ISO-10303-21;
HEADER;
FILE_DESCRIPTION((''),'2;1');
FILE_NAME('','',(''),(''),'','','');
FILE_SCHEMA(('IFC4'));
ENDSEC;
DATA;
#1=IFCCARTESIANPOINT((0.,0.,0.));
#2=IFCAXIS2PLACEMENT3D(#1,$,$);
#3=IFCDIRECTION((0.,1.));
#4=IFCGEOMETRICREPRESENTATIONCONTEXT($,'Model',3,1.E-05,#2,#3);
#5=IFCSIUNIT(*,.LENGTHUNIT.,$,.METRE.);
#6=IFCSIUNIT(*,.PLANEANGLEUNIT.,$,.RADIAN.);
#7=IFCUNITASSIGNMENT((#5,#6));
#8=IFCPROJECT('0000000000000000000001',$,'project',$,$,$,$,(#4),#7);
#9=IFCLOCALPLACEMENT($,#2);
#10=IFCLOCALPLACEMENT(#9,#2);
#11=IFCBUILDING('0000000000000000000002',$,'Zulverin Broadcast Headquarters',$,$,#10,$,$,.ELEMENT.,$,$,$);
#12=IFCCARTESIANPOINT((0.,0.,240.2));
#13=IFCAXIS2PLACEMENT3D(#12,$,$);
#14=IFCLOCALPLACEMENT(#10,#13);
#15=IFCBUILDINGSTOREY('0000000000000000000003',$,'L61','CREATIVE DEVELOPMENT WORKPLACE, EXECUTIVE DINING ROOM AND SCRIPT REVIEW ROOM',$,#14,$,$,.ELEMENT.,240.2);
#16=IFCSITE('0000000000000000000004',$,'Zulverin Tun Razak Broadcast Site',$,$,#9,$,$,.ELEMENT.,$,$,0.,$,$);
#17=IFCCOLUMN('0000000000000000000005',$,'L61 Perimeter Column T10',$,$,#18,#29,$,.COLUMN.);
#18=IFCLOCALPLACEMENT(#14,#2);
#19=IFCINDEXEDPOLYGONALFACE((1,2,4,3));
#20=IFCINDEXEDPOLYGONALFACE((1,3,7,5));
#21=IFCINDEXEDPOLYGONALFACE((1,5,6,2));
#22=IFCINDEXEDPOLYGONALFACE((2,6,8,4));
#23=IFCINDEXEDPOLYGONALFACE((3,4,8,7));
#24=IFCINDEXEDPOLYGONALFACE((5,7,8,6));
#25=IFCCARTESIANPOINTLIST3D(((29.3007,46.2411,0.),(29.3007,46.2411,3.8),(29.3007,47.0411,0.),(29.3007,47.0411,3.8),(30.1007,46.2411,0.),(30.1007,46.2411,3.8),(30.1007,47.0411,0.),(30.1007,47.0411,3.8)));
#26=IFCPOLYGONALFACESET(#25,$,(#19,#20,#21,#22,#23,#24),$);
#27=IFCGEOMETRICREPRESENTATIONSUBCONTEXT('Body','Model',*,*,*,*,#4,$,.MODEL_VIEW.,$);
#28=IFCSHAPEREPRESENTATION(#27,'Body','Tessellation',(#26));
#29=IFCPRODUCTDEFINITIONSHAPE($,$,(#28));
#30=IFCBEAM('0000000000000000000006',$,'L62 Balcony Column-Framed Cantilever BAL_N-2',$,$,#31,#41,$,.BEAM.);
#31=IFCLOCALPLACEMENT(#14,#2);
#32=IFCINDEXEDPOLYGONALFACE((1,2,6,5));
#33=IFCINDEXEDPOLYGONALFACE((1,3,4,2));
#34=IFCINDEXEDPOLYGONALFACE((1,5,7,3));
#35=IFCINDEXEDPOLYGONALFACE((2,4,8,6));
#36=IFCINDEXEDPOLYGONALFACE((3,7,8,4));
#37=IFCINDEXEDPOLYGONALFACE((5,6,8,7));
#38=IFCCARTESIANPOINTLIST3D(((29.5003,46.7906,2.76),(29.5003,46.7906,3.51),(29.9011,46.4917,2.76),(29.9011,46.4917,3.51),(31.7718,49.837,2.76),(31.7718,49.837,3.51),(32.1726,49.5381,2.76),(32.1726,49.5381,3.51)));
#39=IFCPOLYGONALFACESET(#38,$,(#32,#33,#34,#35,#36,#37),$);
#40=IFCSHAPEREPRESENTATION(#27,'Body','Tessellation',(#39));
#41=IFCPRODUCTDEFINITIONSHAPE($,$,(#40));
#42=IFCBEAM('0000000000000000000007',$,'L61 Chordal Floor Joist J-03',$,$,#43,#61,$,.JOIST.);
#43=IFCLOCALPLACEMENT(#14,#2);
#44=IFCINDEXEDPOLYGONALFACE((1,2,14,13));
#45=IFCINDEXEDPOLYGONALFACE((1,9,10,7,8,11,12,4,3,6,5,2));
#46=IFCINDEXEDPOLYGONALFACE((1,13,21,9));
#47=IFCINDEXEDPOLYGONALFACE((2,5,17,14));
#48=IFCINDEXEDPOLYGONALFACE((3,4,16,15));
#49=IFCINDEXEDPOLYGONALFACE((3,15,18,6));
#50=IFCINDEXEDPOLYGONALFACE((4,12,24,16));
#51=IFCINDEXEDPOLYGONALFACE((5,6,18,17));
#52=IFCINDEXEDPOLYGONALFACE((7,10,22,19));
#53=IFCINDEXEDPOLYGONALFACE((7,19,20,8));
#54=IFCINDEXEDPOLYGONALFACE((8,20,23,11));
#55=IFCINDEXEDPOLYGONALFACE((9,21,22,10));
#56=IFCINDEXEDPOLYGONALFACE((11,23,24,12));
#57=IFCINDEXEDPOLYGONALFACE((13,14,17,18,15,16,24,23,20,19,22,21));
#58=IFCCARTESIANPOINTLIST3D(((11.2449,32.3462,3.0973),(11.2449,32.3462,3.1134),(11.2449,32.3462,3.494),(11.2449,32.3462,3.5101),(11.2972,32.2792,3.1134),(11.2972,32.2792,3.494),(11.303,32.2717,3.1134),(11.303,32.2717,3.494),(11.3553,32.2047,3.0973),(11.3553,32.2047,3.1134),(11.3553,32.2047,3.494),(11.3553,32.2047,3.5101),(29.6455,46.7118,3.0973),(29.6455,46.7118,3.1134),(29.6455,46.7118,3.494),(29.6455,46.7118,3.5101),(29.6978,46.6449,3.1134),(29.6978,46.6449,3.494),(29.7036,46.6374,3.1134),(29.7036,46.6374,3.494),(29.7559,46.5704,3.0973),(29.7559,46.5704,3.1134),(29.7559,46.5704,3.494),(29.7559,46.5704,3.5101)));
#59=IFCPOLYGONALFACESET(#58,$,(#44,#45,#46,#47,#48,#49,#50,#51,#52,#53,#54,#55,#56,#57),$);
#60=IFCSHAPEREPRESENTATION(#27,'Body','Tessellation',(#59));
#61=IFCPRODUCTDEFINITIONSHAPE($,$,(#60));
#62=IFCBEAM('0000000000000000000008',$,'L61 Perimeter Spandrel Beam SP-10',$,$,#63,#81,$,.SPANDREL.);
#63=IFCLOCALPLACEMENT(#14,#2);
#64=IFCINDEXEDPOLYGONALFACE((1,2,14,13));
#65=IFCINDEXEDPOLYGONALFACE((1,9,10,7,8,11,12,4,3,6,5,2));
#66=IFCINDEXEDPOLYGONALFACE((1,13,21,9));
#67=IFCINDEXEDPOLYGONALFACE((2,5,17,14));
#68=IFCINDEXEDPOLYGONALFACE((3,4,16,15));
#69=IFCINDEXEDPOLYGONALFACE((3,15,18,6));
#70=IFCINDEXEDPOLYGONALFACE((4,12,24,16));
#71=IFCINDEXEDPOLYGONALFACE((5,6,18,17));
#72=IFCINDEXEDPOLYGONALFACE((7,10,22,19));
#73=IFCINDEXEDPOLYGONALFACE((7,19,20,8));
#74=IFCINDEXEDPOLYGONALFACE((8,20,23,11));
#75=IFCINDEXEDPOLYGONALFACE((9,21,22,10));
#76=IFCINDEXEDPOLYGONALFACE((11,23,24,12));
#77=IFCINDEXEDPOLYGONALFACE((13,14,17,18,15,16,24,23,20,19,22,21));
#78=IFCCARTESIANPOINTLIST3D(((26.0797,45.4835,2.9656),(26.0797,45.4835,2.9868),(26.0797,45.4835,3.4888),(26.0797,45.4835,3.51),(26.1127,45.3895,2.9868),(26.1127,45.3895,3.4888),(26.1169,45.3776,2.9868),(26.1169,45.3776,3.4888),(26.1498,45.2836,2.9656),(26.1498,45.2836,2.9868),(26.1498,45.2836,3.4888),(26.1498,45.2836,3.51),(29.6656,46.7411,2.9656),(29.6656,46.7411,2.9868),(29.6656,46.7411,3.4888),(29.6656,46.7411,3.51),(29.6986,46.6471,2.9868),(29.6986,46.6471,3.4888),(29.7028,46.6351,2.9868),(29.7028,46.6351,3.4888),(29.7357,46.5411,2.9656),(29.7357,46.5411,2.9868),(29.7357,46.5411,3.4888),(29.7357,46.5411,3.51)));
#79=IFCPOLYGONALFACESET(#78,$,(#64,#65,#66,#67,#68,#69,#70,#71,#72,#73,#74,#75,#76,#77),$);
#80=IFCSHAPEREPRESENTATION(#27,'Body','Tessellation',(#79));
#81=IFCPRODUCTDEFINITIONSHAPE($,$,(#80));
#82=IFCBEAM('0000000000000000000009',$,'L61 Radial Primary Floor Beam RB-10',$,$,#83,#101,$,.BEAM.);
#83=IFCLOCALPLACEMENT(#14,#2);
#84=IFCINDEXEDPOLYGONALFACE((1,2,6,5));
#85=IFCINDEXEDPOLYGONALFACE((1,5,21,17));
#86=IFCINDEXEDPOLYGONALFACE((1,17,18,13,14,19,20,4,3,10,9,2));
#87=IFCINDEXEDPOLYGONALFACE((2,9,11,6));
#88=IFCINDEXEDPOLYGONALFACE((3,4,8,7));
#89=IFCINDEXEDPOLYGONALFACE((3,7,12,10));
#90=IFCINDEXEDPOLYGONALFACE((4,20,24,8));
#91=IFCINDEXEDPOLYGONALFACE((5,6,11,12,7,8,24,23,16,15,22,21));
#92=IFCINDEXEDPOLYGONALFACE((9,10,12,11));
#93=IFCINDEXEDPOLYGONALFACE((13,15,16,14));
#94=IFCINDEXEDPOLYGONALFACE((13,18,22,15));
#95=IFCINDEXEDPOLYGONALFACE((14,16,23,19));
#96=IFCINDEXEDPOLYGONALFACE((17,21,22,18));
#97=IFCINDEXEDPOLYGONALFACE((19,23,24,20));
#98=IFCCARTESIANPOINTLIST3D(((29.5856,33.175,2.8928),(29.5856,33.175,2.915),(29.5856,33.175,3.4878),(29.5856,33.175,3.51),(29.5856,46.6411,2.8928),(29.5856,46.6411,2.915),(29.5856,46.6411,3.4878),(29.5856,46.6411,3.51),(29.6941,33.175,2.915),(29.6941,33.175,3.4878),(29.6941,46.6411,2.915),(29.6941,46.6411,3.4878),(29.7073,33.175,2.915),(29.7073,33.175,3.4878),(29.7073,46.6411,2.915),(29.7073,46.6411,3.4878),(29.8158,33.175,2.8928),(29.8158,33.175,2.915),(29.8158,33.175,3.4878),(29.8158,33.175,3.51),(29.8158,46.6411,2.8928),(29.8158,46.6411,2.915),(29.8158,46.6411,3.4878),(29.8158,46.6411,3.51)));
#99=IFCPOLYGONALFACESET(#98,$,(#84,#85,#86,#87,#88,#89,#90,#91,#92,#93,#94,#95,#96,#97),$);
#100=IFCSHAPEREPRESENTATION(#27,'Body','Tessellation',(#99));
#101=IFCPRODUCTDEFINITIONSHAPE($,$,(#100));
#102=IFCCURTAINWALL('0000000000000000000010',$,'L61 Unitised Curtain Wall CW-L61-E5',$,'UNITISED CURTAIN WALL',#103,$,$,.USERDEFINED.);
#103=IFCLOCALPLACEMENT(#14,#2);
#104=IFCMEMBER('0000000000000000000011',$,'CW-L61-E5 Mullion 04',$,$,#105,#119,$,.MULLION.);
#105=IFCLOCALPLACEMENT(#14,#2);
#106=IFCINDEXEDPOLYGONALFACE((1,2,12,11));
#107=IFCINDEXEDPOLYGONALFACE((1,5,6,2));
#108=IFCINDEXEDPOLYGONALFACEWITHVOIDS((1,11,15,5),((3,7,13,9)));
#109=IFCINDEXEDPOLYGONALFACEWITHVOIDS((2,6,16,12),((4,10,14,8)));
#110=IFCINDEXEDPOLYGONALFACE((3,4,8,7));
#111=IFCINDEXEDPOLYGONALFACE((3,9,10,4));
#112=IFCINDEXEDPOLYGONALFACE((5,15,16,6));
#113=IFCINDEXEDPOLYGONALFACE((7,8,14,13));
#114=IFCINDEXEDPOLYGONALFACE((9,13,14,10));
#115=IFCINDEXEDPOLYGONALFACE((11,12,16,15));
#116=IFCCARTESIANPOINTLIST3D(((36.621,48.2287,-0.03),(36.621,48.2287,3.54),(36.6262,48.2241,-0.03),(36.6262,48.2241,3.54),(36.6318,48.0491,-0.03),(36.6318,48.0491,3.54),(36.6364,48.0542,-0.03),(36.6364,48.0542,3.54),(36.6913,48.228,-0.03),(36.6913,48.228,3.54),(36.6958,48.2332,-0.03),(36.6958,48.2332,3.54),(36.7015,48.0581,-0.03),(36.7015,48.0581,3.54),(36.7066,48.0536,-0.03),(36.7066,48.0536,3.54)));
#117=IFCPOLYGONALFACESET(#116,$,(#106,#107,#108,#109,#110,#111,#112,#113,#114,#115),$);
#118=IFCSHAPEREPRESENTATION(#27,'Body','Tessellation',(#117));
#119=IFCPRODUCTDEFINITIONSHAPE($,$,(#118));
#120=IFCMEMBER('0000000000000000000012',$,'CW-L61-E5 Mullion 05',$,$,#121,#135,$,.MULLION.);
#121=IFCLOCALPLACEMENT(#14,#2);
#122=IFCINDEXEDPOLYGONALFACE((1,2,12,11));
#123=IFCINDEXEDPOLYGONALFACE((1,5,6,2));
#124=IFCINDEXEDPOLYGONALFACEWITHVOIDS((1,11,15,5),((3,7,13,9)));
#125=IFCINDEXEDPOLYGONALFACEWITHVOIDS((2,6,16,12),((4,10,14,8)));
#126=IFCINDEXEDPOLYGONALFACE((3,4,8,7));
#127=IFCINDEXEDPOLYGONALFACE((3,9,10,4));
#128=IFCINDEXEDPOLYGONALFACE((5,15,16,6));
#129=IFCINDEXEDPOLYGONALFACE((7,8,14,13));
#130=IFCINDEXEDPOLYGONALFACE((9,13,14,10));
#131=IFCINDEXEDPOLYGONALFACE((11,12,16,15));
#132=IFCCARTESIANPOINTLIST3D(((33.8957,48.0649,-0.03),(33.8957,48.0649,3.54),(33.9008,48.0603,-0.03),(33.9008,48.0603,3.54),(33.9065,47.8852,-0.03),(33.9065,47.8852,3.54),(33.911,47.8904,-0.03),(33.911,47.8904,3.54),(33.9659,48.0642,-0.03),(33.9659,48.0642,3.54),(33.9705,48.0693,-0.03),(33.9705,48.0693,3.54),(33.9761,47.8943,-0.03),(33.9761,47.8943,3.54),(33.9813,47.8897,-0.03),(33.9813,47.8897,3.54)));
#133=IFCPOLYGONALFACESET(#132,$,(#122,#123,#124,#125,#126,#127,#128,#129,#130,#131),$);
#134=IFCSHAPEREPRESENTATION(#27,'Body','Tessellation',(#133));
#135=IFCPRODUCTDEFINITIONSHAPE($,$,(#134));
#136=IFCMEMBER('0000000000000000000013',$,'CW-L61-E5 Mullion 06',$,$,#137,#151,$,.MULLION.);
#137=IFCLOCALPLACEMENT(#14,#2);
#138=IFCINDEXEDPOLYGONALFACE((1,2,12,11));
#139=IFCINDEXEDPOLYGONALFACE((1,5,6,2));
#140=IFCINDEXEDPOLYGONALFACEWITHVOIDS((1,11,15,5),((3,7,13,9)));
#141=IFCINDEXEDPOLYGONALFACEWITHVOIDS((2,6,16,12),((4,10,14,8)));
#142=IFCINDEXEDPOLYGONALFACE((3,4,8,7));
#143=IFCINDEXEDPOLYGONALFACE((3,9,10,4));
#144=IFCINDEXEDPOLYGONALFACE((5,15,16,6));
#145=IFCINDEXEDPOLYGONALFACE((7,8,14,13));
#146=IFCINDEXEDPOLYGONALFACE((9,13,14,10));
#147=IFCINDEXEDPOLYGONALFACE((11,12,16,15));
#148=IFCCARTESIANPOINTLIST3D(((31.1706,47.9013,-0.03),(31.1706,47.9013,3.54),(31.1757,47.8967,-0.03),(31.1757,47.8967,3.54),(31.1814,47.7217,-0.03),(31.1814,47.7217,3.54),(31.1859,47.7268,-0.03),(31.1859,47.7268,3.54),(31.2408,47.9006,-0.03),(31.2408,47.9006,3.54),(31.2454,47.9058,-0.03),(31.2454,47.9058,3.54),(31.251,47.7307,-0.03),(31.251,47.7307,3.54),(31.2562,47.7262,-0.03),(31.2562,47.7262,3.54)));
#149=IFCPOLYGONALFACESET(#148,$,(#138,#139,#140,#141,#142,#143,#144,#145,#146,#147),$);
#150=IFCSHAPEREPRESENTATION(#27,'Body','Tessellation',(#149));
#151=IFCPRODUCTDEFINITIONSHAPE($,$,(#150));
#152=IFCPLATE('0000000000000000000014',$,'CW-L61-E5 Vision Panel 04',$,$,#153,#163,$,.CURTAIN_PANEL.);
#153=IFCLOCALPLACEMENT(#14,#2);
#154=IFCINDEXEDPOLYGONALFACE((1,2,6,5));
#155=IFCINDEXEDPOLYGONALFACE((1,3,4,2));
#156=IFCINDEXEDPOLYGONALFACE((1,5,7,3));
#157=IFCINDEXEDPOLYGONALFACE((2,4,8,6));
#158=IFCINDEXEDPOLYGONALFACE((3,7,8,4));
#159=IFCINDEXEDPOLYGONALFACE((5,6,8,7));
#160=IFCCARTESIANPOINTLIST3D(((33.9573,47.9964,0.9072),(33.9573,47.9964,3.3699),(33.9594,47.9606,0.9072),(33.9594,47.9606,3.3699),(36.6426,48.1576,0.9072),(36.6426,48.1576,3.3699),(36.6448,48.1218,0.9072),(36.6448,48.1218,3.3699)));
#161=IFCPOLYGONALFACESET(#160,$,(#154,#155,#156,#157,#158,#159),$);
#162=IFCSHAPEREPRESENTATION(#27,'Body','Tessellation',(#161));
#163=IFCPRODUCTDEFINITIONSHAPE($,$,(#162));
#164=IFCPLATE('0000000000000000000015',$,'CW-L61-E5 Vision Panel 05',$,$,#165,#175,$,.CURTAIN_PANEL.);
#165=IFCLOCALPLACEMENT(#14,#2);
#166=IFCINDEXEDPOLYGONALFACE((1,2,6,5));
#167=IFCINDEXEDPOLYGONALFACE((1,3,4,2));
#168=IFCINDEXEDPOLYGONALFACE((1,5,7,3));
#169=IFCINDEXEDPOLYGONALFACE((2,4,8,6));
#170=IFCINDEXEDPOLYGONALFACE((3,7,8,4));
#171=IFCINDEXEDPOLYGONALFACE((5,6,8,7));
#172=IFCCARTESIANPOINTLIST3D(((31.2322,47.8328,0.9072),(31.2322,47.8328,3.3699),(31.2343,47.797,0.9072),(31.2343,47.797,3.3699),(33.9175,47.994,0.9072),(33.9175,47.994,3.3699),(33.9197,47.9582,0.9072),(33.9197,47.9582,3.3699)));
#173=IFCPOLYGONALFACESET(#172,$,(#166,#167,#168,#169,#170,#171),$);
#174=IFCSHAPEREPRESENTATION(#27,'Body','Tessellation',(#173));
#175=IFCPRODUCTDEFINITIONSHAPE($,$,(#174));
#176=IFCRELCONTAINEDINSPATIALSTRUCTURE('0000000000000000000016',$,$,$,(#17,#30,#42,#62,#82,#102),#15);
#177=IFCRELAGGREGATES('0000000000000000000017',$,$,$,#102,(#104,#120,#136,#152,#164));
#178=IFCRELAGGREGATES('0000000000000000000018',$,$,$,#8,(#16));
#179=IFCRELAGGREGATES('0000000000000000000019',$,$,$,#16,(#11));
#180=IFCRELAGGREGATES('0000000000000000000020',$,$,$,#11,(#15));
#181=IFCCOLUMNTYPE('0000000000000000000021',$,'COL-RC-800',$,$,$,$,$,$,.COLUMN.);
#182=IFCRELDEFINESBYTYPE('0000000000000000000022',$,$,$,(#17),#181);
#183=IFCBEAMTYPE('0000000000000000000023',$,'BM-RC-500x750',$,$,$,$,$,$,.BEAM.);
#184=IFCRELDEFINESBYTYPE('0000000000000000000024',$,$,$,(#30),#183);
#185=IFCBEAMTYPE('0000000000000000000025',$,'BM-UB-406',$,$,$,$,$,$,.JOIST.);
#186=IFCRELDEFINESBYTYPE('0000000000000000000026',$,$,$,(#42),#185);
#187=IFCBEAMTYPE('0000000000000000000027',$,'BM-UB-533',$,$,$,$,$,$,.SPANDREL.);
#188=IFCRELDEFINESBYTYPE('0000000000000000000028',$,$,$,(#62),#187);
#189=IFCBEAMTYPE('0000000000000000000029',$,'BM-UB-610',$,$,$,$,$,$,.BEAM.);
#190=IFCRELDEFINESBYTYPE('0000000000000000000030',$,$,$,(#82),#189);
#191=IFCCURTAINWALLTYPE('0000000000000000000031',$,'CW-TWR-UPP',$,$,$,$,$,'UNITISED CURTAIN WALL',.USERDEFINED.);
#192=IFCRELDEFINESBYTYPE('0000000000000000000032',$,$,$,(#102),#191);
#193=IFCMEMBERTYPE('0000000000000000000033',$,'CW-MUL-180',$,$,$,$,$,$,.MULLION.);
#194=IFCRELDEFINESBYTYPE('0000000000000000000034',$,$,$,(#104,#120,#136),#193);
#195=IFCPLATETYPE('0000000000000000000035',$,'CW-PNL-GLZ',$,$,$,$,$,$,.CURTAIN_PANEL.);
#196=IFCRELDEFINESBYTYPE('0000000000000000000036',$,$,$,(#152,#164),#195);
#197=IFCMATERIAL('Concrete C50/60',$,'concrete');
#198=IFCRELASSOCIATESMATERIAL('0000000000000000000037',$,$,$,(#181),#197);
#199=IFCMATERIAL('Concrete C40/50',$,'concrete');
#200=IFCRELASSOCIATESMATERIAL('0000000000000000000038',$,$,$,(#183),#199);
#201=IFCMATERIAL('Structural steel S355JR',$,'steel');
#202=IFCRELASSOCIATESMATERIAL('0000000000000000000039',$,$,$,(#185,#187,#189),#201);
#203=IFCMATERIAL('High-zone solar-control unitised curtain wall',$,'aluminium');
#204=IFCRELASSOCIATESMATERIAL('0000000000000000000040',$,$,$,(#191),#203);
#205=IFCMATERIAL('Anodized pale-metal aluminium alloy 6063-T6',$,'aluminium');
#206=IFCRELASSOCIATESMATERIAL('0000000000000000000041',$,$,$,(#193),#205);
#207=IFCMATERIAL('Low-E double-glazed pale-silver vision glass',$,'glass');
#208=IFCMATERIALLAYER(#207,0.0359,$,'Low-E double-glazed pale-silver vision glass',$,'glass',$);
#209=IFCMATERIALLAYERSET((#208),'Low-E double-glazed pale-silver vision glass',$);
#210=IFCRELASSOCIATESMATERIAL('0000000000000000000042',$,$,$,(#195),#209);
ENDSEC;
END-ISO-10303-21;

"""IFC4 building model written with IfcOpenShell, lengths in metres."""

from ifc_helpers import new_model, si_unit, direction, frame, origin, origin_2d, place, context, subcontext, project, spatial, rectangle, hollow_rectangle, i_section, extrude, material, layer, layer_set, material_profile, profile_set, type_object, element, aggregate, save


model = new_model("IFC4")

# Units and contexts
model_context = context("Model", 3, precision=1e-05, world=origin(), true_north=direction((0.0, 1.0)))
body_context = subcontext(model_context, "Body", "Model", "MODEL_VIEW")
ifc_project = project(units=[si_unit("LENGTHUNIT", "METRE"), si_unit("PLANEANGLEUNIT", "RADIAN")], contexts=[model_context])

# Site, building, storey
site_placement = place(None, origin())
site = spatial("IfcSite", under=ifc_project, at=site_placement, Name="Zulverin Tun Razak Broadcast Site", CompositionType="ELEMENT", RefElevation=0.0)
building_placement = place(site_placement, origin())
building = spatial("IfcBuilding", under=site, at=building_placement, Name="Zulverin Broadcast Headquarters", CompositionType="ELEMENT")
storey_placement = place(building_placement, frame((0.0, 0.0, 240.2)))
storey = spatial("IfcBuildingStorey", under=building, at=storey_placement, Name="L61", Description="CREATIVE DEVELOPMENT WORKPLACE, EXECUTIVE DINING ROOM AND SCRIPT REVIEW ROOM", CompositionType="ELEMENT", Elevation=240.2)

# Column
ifc_material_1 = material(Name="Concrete C50/60", Category="concrete")
ifc_material_profile_1 = material_profile(ifc_material_1, rectangle(XDim=0.8, YDim=0.8, at=origin_2d()), Name="Concrete C50/60", Category="concrete")
ifc_profile_set_1 = profile_set([ifc_material_profile_1], Name="Concrete C50/60")
column_type = type_object("IfcColumnType", Name="COL-RC-800", PredefinedType="COLUMN", material=ifc_profile_set_1)
column_placement = place(storey_placement, frame((29.7007, 46.6411, 0.0), z_axis=(0.0, 0.0, 1.0), x_axis=(1.0, 0.0, 0.0)))
element("IfcColumn", 1, at=column_placement, inside=storey, type_object=column_type, Name="L61 Perimeter Column T10", PredefinedType="COLUMN", context=body_context, shape_type="SweptSolid", body=[
    extrude(rectangle(XDim=0.8, YDim=0.8, at=origin_2d()), origin(), (0.0, 0.0, 1.0), 3.8),
])

# Beams
ifc_material_2 = material(Name="Concrete C40/50", Category="concrete")
ifc_material_profile_2 = material_profile(ifc_material_2, rectangle(XDim=0.5, YDim=0.75, at=origin_2d()), Name="Concrete C40/50", Category="concrete")
ifc_profile_set_2 = profile_set([ifc_material_profile_2], Name="Concrete C40/50")
beam_type_1 = type_object("IfcBeamType", Name="BM-RC-500x750", PredefinedType="BEAM", material=ifc_profile_set_2)
beam_1_placement = place(storey_placement, frame((29.7007, 46.6411, 3.135), z_axis=(0.597757, 0.801678, 0.0), x_axis=(-0.801678, 0.597757, 0.0)))
element("IfcBeam", 2, at=beam_1_placement, inside=storey, type_object=beam_type_1, Name="L62 Balcony Column-Framed Cantilever BAL_N-2", PredefinedType="BEAM", context=body_context, shape_type="SweptSolid", body=[
    extrude(rectangle(XDim=0.5, YDim=0.75, at=origin_2d()), origin(), (0.0, 0.0, 1.0), 3.8),
])
ifc_material_3 = material(Name="Structural steel S355JR", Category="steel")
ifc_material_profile_3 = material_profile(ifc_material_3, i_section(OverallWidth=0.1794, OverallDepth=0.4128, WebThickness=0.0095, FlangeThickness=0.0161, at=origin_2d()), Name="Structural steel S355JR", Category="steel")
ifc_profile_set_3 = profile_set([ifc_material_profile_3], Name="Structural steel S355JR")
beam_type_2 = type_object("IfcBeamType", Name="BM-UB-406", PredefinedType="JOIST", material=ifc_profile_set_3)
beam_2_placement = place(storey_placement, frame((29.7007, 46.6411, 3.3037), z_axis=(-0.788227, -0.615384, 0.0), x_axis=(0.615384, -0.788227, 0.0)))
element("IfcBeam", 3, at=beam_2_placement, inside=storey, type_object=beam_type_2, Name="L61 Chordal Floor Joist J-03", PredefinedType="JOIST", context=body_context, shape_type="SweptSolid", body=[
    extrude(i_section(OverallWidth=0.1794, OverallDepth=0.4128, WebThickness=0.0095, FlangeThickness=0.0161, at=origin_2d()), origin(), (0.0, 0.0, 1.0), 23.3442),
])
ifc_material_profile_4 = material_profile(ifc_material_3, i_section(OverallWidth=0.2119, OverallDepth=0.5444, WebThickness=0.0127, FlangeThickness=0.0212, at=origin_2d()), Name="Structural steel S355JR", Category="steel")
ifc_profile_set_4 = profile_set([ifc_material_profile_4], Name="Structural steel S355JR")
beam_type_3 = type_object("IfcBeamType", Name="BM-UB-533", PredefinedType="SPANDREL", material=ifc_profile_set_4)
beam_3_placement = place(storey_placement, frame((29.7007, 46.6411, 3.2378), z_axis=(-0.943654, -0.330934, 0.0), x_axis=(0.330934, -0.943654, 0.0)))
element("IfcBeam", 4, at=beam_3_placement, inside=storey, type_object=beam_type_3, Name="L61 Perimeter Spandrel Beam SP-10", PredefinedType="SPANDREL", context=body_context, shape_type="SweptSolid", body=[
    extrude(i_section(OverallWidth=0.2119, OverallDepth=0.5444, WebThickness=0.0127, FlangeThickness=0.0212, at=origin_2d()), origin(), (0.0, 0.0, 1.0), 3.8),
])
ifc_material_profile_5 = material_profile(ifc_material_3, i_section(OverallWidth=0.2302, OverallDepth=0.6172, WebThickness=0.0132, FlangeThickness=0.0222, at=origin_2d()), Name="Structural steel S355JR", Category="steel")
ifc_profile_set_5 = profile_set([ifc_material_profile_5], Name="Structural steel S355JR")
beam_type_4 = type_object("IfcBeamType", Name="BM-UB-610", PredefinedType="BEAM", material=ifc_profile_set_5)
beam_4_placement = place(storey_placement, frame((29.7007, 33.175, 3.2014), z_axis=(0.0, 1.0, 0.0), x_axis=(-1.0, 0.0, 0.0)))
element("IfcBeam", 5, at=beam_4_placement, inside=storey, type_object=beam_type_4, Name="L61 Radial Primary Floor Beam RB-10", PredefinedType="BEAM", context=body_context, shape_type="SweptSolid", body=[
    extrude(i_section(OverallWidth=0.2302, OverallDepth=0.6172, WebThickness=0.0132, FlangeThickness=0.0222, at=origin_2d()), origin(), (0.0, 0.0, 1.0), 13.4661),
])

# Curtain wall, members, plates
ifc_material_4 = material(Name="High-zone solar-control unitised curtain wall", Category="aluminium")
curtain_wall_type = type_object("IfcCurtainWallType", Name="CW-TWR-UPP", ElementType="UNITISED CURTAIN WALL", PredefinedType="USERDEFINED", material=ifc_material_4)
curtain_wall_placement = place(storey_placement, origin())
curtain_wall = element("IfcCurtainWall", 6, at=curtain_wall_placement, inside=storey, type_object=curtain_wall_type, Name="L61 Unitised Curtain Wall CW-L61-E5", ObjectType="UNITISED CURTAIN WALL", PredefinedType="USERDEFINED")
ifc_material_5 = material(Name="Anodized pale-metal aluminium alloy 6063-T6", Category="aluminium")
ifc_material_profile_6 = material_profile(ifc_material_5, hollow_rectangle(XDim=0.075, YDim=0.1799, WallThickness=0.0049, at=origin_2d()), Name="Anodized pale-metal aluminium alloy 6063-T6", Category="aluminium")
ifc_profile_set_6 = profile_set([ifc_material_profile_6], Name="Anodized pale-metal aluminium alloy 6063-T6")
member_type = type_object("IfcMemberType", Name="CW-MUL-180", PredefinedType="MULLION", material=ifc_profile_set_6)
member_1_placement = place(storey_placement, frame((36.6638, 48.1411, -0.03), z_axis=(0.0, 0.0, 1.0), x_axis=(-0.998203, -0.05993, 0.0)))
member_1 = element("IfcMember", 7, at=member_1_placement, type_object=member_type, Name="CW-L61-E5 Mullion 04", PredefinedType="MULLION", context=body_context, shape_type="SweptSolid", body=[
    extrude(hollow_rectangle(XDim=0.075, YDim=0.1799, WallThickness=0.0049, at=origin_2d()), origin(), (0.0, 0.0, 1.0), 3.5701),
])
member_2_placement = place(storey_placement, frame((33.9385, 47.9773, -0.03), z_axis=(0.0, 0.0, 1.0), x_axis=(-0.998203, -0.05993, 0.0)))
member_2 = element("IfcMember", 8, at=member_2_placement, type_object=member_type, Name="CW-L61-E5 Mullion 05", PredefinedType="MULLION", context=body_context, shape_type="SweptSolid", body=[
    extrude(hollow_rectangle(XDim=0.075, YDim=0.1799, WallThickness=0.0049, at=origin_2d()), origin(), (0.0, 0.0, 1.0), 3.5701),
])
member_3_placement = place(storey_placement, frame((31.2134, 47.8137, -0.03), z_axis=(0.0, 0.0, 1.0), x_axis=(-0.998203, -0.05993, 0.0)))
member_3 = element("IfcMember", 9, at=member_3_placement, type_object=member_type, Name="CW-L61-E5 Mullion 06", PredefinedType="MULLION", context=body_context, shape_type="SweptSolid", body=[
    extrude(hollow_rectangle(XDim=0.075, YDim=0.1799, WallThickness=0.0049, at=origin_2d()), origin(), (0.0, 0.0, 1.0), 3.5701),
])
ifc_material_6 = material(Name="Low-E double-glazed pale-silver vision glass", Category="glass")
ifc_layer_1 = layer(ifc_material_6, 0.0359, Name="Low-E double-glazed pale-silver vision glass", Category="glass")
ifc_layer_set_1 = layer_set([ifc_layer_1], Name="Low-E double-glazed pale-silver vision glass")
plate_type_1 = type_object("IfcPlateType", Name="CW-PNL-GLZ", PredefinedType="CURTAIN_PANEL", material=ifc_layer_set_1)
plate_1_placement = place(storey_placement, frame((35.301, 48.0591, 0.9072), z_axis=(0.0, 0.0, 1.0), x_axis=(-0.998203, -0.05993, 0.0)))
plate_1 = element("IfcPlate", 10, at=plate_1_placement, type_object=plate_type_1, Name="CW-L61-E5 Vision Panel 04", PredefinedType="CURTAIN_PANEL", context=body_context, shape_type="SweptSolid", body=[
    extrude(rectangle(XDim=2.6902, YDim=0.0359, at=origin_2d()), origin(), (0.0, 0.0, 1.0), 2.4626),
])
plate_2_placement = place(storey_placement, frame((32.5759, 47.8955, 0.9072), z_axis=(0.0, 0.0, 1.0), x_axis=(-0.998203, -0.05993, 0.0)))
plate_2 = element("IfcPlate", 11, at=plate_2_placement, type_object=plate_type_1, Name="CW-L61-E5 Vision Panel 05", PredefinedType="CURTAIN_PANEL", context=body_context, shape_type="SweptSolid", body=[
    extrude(rectangle(XDim=2.6902, YDim=0.0359, at=origin_2d()), origin(), (0.0, 0.0, 1.0), 2.4626),
])
aggregate(curtain_wall, [member_1, member_2, member_3, plate_1, plate_2])

save(model, "model.ifc")
